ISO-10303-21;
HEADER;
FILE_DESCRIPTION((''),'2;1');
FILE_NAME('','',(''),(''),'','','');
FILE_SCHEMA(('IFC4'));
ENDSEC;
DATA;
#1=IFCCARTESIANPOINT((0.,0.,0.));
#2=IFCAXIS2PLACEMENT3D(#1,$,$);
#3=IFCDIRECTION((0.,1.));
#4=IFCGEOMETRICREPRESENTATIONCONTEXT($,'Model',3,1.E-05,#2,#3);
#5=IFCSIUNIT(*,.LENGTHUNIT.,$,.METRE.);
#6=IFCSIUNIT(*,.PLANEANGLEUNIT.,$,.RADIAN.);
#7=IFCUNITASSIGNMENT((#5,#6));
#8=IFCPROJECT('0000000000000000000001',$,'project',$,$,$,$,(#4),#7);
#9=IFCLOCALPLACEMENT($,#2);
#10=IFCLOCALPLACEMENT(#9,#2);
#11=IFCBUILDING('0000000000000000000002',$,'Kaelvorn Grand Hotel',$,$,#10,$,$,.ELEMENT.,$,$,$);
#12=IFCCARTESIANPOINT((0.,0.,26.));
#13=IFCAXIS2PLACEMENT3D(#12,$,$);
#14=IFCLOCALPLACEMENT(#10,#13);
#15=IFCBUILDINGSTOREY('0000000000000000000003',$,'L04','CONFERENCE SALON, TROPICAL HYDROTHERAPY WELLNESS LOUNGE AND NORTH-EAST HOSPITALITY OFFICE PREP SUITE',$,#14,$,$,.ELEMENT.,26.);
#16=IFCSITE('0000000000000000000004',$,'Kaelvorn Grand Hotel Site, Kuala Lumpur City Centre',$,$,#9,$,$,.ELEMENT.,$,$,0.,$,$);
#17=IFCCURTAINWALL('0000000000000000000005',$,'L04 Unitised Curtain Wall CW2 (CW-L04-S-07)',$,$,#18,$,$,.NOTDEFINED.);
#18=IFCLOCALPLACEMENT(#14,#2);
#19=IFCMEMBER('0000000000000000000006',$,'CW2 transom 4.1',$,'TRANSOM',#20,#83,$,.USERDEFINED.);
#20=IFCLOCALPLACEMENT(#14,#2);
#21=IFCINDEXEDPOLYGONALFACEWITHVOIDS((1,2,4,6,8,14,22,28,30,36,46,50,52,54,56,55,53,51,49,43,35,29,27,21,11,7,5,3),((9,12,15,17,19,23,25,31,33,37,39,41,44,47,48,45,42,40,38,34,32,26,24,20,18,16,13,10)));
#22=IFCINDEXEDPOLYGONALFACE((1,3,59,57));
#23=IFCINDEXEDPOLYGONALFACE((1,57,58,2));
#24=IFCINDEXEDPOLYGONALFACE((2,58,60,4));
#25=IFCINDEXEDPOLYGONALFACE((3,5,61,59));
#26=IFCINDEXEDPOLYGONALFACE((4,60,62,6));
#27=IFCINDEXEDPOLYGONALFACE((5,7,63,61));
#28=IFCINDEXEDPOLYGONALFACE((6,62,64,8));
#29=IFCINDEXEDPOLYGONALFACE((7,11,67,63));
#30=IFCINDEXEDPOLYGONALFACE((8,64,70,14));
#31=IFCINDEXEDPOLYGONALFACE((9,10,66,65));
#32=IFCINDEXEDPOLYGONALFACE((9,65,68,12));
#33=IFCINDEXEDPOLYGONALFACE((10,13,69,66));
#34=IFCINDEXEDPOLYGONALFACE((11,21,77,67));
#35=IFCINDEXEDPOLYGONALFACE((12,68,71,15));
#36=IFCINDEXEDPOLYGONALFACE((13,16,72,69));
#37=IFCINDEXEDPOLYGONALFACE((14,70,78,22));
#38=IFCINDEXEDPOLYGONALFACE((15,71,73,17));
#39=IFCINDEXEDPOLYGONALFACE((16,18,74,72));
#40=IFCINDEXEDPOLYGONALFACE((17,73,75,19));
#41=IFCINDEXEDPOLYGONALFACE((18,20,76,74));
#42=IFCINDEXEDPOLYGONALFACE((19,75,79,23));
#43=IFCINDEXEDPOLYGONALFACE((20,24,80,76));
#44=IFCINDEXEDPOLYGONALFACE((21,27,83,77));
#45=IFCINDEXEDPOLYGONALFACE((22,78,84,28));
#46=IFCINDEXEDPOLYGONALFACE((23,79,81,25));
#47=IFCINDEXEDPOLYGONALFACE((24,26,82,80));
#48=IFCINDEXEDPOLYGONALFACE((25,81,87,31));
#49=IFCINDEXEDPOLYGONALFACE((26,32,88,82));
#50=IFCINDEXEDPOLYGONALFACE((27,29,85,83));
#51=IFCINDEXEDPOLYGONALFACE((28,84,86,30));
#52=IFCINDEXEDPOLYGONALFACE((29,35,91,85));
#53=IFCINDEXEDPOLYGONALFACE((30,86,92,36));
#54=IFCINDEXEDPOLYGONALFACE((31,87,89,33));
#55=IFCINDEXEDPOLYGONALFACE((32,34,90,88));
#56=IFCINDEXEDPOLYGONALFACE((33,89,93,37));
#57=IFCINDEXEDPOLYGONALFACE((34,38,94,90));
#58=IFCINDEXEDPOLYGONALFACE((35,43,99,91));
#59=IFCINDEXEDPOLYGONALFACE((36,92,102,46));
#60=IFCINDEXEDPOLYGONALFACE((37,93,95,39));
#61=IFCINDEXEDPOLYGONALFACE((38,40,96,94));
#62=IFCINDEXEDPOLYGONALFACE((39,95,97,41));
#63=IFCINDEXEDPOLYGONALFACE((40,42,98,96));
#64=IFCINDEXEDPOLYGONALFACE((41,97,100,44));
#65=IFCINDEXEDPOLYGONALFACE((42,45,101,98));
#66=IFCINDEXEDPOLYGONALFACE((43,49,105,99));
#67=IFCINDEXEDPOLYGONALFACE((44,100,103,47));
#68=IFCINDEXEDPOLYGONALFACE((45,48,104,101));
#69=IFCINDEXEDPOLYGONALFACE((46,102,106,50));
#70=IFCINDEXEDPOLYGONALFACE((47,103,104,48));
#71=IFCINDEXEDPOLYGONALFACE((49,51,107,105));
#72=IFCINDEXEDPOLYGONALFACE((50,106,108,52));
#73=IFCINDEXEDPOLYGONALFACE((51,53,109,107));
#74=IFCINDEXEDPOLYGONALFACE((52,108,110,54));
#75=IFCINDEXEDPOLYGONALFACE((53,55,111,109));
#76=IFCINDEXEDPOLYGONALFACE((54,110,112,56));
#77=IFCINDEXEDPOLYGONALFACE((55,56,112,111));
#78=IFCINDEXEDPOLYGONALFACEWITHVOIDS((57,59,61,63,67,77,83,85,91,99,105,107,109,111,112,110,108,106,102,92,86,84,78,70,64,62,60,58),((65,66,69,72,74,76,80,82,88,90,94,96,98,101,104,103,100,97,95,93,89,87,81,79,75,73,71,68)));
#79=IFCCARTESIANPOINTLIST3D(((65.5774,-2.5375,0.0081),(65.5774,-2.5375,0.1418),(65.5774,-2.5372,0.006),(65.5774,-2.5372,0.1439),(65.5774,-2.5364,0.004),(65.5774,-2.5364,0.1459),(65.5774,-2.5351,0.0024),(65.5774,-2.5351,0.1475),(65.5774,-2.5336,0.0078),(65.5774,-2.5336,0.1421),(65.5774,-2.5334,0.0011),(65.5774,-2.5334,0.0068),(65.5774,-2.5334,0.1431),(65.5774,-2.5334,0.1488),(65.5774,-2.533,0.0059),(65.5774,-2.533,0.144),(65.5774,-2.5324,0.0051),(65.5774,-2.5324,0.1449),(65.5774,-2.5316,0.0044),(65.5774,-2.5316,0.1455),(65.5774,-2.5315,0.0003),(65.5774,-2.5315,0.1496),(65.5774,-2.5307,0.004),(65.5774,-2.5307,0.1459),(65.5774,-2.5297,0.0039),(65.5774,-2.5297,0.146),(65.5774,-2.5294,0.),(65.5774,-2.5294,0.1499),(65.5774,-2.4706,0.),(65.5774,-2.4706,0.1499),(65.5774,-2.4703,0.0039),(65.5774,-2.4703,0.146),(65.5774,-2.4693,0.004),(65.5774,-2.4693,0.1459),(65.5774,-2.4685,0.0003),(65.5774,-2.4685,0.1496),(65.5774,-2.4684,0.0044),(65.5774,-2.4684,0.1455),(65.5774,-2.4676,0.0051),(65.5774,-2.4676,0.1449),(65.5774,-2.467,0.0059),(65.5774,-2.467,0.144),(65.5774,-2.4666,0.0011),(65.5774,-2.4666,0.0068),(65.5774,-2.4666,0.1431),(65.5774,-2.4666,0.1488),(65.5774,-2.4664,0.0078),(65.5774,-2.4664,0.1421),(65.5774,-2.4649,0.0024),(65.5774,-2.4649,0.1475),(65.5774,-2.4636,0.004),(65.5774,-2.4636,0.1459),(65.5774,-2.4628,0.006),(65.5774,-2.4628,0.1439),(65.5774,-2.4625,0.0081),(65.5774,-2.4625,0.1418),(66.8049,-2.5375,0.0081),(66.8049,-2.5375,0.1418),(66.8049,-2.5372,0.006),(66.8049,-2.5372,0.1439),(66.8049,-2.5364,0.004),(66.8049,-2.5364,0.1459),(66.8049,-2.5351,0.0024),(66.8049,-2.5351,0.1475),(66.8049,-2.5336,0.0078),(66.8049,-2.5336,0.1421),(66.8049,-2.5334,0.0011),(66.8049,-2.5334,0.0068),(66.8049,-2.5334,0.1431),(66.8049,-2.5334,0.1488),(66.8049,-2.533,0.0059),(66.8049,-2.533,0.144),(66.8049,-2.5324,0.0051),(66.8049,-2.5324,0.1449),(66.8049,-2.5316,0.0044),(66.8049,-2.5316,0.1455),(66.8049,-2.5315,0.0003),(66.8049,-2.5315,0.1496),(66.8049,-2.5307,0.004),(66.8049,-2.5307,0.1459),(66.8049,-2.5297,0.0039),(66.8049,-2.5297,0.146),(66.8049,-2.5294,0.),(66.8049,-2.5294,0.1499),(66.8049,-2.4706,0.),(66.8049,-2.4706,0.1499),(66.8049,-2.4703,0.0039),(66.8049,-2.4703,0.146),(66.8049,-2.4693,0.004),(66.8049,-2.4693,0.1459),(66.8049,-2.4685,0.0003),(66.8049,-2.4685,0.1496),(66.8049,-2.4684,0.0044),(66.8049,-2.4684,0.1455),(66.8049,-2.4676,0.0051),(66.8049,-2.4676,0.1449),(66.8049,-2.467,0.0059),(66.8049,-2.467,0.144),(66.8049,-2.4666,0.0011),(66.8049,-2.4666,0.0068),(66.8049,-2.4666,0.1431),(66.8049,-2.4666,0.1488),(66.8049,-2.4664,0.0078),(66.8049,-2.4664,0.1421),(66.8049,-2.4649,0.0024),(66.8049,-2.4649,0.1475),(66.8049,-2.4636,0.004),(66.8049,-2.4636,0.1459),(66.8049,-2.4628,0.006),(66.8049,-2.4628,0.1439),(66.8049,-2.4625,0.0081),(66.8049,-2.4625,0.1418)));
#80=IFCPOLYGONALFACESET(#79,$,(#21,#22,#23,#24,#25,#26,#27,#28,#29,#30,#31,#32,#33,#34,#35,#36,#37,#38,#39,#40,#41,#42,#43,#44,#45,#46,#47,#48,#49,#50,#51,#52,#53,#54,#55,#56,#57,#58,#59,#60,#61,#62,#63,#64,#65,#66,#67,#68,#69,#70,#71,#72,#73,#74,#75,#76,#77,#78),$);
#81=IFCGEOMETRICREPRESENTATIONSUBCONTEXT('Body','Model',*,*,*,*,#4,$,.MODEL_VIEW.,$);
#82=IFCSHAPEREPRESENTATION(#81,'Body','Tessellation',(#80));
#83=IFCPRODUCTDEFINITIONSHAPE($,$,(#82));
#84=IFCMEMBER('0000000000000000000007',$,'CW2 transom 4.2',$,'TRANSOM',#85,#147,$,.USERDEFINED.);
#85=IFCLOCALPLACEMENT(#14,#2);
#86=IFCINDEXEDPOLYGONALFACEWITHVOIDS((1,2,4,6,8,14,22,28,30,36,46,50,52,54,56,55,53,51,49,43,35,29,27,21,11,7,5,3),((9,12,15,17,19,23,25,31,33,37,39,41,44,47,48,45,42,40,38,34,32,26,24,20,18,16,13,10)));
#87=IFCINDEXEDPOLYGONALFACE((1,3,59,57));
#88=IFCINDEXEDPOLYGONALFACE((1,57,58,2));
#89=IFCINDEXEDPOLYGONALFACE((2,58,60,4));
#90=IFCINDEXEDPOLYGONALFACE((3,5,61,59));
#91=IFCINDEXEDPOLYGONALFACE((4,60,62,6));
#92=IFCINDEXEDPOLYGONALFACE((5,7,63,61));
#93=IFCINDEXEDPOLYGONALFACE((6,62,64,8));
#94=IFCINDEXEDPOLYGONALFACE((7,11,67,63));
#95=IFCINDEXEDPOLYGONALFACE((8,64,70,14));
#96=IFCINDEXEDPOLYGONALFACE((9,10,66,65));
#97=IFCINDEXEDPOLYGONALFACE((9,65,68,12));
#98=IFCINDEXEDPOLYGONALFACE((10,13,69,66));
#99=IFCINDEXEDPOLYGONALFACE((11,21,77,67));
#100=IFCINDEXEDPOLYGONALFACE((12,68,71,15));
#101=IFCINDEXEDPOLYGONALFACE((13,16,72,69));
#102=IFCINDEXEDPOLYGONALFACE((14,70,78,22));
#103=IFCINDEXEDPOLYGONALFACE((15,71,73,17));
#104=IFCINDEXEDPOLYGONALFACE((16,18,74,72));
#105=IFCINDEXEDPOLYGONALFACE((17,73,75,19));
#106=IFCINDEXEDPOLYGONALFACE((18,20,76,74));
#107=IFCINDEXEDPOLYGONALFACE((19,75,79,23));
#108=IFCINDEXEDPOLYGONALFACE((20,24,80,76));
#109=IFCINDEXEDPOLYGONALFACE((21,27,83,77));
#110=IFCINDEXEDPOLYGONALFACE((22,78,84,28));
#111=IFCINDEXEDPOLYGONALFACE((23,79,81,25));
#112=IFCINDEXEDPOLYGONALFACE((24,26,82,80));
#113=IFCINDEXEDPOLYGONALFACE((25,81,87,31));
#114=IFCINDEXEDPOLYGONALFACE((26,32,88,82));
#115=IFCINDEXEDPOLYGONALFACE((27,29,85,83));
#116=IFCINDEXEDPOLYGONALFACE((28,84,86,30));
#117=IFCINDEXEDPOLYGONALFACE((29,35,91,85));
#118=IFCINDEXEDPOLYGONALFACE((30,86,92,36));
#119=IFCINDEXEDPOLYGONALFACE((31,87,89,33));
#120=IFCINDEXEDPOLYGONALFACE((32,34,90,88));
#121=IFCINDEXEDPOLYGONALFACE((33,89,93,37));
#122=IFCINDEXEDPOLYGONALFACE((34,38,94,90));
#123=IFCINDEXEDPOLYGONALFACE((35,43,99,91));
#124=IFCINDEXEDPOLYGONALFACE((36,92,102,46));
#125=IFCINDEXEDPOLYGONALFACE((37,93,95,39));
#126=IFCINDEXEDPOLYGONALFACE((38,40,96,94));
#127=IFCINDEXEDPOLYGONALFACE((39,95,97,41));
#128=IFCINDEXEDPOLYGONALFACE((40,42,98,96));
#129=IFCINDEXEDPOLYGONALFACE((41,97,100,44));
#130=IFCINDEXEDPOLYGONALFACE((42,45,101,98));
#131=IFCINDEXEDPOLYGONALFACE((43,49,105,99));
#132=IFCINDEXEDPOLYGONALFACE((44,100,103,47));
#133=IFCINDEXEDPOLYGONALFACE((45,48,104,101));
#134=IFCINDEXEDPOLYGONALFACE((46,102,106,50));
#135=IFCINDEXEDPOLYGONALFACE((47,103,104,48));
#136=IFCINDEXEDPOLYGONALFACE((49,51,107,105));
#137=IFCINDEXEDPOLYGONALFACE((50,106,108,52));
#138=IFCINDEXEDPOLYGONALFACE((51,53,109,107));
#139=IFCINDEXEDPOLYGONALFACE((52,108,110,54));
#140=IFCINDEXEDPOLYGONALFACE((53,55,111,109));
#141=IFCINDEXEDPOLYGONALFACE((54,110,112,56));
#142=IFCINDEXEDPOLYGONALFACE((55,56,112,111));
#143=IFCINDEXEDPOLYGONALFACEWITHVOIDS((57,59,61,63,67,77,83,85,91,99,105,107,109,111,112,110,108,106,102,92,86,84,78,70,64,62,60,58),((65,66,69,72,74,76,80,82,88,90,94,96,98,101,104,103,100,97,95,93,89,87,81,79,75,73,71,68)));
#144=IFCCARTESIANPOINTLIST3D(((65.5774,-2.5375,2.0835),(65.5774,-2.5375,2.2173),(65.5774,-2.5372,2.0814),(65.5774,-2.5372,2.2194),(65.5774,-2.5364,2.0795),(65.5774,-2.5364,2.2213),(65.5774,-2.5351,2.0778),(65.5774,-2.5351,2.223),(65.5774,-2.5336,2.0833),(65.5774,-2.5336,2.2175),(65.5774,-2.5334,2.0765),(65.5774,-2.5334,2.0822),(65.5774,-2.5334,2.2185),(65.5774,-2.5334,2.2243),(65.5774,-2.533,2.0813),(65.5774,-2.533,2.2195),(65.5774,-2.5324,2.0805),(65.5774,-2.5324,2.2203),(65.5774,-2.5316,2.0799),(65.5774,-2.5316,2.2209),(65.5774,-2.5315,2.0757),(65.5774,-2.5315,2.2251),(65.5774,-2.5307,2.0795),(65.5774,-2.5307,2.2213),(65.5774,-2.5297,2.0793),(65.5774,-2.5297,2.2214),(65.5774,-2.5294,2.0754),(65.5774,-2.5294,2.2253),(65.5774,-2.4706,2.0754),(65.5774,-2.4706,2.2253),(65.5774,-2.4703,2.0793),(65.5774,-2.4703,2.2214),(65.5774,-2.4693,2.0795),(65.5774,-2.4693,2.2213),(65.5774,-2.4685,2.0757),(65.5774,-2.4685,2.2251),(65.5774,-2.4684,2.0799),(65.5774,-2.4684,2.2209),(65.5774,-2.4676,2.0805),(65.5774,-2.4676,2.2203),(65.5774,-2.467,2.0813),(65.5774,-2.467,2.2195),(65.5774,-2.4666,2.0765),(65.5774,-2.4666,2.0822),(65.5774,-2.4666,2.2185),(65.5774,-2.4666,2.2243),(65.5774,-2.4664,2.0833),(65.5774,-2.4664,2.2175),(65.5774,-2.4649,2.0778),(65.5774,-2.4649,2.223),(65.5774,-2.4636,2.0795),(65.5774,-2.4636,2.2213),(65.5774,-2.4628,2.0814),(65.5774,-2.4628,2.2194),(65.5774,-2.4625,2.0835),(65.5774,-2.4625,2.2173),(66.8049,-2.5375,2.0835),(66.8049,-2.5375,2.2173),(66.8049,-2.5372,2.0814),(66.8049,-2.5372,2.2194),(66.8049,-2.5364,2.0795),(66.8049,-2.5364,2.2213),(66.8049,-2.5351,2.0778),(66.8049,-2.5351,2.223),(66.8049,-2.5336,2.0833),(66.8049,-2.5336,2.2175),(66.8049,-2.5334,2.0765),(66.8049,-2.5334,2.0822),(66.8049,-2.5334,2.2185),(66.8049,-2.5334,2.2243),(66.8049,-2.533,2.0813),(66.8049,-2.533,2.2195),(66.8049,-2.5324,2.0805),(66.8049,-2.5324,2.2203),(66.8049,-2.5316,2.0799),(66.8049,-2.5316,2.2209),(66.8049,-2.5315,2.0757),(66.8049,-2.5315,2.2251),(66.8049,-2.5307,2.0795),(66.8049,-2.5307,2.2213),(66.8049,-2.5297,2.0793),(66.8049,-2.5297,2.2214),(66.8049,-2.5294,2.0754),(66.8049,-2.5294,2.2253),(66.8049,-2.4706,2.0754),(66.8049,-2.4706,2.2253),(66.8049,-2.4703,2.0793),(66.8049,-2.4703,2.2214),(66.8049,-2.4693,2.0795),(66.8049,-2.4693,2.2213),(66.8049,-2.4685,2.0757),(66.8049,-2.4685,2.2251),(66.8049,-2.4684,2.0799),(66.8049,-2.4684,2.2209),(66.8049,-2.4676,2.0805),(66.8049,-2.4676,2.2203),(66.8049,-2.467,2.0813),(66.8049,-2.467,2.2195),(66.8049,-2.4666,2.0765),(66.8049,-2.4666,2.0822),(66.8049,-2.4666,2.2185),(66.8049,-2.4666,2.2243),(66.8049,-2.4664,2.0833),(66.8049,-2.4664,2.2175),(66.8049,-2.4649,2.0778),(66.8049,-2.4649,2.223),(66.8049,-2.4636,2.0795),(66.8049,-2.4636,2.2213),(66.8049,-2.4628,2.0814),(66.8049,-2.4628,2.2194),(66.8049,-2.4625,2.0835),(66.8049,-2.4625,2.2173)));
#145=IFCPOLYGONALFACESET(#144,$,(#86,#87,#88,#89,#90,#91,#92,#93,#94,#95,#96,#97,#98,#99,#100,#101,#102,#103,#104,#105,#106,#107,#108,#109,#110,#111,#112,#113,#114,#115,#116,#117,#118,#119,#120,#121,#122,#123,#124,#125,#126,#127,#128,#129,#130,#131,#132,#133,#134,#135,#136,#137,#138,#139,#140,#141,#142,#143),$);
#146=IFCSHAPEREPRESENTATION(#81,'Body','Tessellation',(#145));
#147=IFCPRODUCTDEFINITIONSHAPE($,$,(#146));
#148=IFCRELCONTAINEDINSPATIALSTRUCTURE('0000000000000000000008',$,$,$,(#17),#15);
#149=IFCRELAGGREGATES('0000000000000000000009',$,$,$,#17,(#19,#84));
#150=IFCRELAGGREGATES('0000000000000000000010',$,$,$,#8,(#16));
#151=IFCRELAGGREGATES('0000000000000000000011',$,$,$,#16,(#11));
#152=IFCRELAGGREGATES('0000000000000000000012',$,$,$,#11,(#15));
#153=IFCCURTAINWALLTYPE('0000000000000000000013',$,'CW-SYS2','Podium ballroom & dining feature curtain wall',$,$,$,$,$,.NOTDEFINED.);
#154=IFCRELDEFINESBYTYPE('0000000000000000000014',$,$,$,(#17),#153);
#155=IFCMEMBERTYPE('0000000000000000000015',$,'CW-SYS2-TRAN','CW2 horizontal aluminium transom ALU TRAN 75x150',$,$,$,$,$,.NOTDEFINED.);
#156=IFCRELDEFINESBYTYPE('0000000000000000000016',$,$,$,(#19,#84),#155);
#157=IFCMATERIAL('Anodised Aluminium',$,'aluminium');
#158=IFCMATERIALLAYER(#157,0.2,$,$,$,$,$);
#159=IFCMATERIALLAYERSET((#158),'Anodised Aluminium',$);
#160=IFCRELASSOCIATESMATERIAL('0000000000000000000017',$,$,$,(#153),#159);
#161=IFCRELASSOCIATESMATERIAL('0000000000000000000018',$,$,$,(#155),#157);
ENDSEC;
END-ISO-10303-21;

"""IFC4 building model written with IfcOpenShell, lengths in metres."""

from ifc_helpers import new_model, si_unit, direction, frame, origin, origin_2d, place, context, subcontext, project, spatial, hollow_rectangle, extrude, material, layer, layer_set, material_profile, profile_set, type_object, element, aggregate, save


model = new_model("IFC4")

# Units and contexts
model_context = context("Model", 3, precision=1e-05, world=origin(), true_north=direction((0.0, 1.0)))
body_context = subcontext(model_context, "Body", "Model", "MODEL_VIEW")
ifc_project = project(units=[si_unit("LENGTHUNIT", "METRE"), si_unit("PLANEANGLEUNIT", "RADIAN")], contexts=[model_context])

# Site, building, storey
site_placement = place(None, origin())
site = spatial("IfcSite", under=ifc_project, at=site_placement, Name="Kaelvorn Grand Hotel Site, Kuala Lumpur City Centre", CompositionType="ELEMENT", RefElevation=0.0)
building_placement = place(site_placement, origin())
building = spatial("IfcBuilding", under=site, at=building_placement, Name="Kaelvorn Grand Hotel", CompositionType="ELEMENT")
storey_placement = place(building_placement, frame((0.0, 0.0, 26.0)))
storey = spatial("IfcBuildingStorey", under=building, at=storey_placement, Name="L04", Description="CONFERENCE SALON, TROPICAL HYDROTHERAPY WELLNESS LOUNGE AND NORTH-EAST HOSPITALITY OFFICE PREP SUITE", CompositionType="ELEMENT", Elevation=26.0)

# Shared definitions
ifc_material_1 = material(Name="Anodised Aluminium", Category="aluminium")
ifc_layer_1 = layer(ifc_material_1, 0.2)
ifc_layer_set_1 = layer_set([ifc_layer_1], Name="Anodised Aluminium")
curtain_wall_type = type_object("IfcCurtainWallType", Name="CW-SYS2", Description="Podium ballroom & dining feature curtain wall", PredefinedType="NOTDEFINED", material=ifc_layer_set_1)

# Curtain wall
curtain_wall_1_placement = place(storey_placement, origin())
curtain_wall_1 = element("IfcCurtainWall", 1, at=curtain_wall_1_placement, inside=storey, type_object=curtain_wall_type, Name="L04 Unitised Curtain Wall CW2 (CW-L04-S-07)", PredefinedType="NOTDEFINED")

# Members
ifc_material_profile_1 = material_profile(ifc_material_1, hollow_rectangle(XDim=0.075, YDim=0.1499, WallThickness=0.0039, InnerFilletRadius=0.0039, OuterFilletRadius=0.0081, at=origin_2d()), Name="ALU TRAN 75x150")
ifc_profile_set_1 = profile_set([ifc_material_profile_1], Name="Anodised Aluminium")
member_type_1 = type_object("IfcMemberType", Name="CW-SYS2-TRAN", Description="CW2 horizontal aluminium transom ALU TRAN 75x150", PredefinedType="NOTDEFINED", material=ifc_profile_set_1)
member_1_placement = place(storey_placement, frame((65.5774, -2.5, 0.075), z_axis=(1.0, 0.0, 0.0), x_axis=(0.0, 1.0, 0.0)))
member_1 = element("IfcMember", 2, at=member_1_placement, type_object=member_type_1, Name="CW2 transom 4.1", ObjectType="TRANSOM", PredefinedType="USERDEFINED", context=body_context, shape_type="SweptSolid", body=[
    extrude(hollow_rectangle(XDim=0.075, YDim=0.1499, WallThickness=0.0039, InnerFilletRadius=0.0039, OuterFilletRadius=0.0081, at=origin_2d()), origin(), (0.0, 0.0, 1.0), 1.2275),
])
member_2_placement = place(storey_placement, frame((65.5774, -2.5, 2.1504), z_axis=(1.0, 0.0, 0.0), x_axis=(0.0, 1.0, 0.0)))
member_2 = element("IfcMember", 3, at=member_2_placement, type_object=member_type_1, Name="CW2 transom 4.2", ObjectType="TRANSOM", PredefinedType="USERDEFINED", context=body_context, shape_type="SweptSolid", body=[
    extrude(hollow_rectangle(XDim=0.075, YDim=0.1499, WallThickness=0.0039, InnerFilletRadius=0.0039, OuterFilletRadius=0.0081, at=origin_2d()), origin(), (0.0, 0.0, 1.0), 1.2275),
])

aggregate(curtain_wall_1, [member_1, member_2])

save(model, "model.ifc")
